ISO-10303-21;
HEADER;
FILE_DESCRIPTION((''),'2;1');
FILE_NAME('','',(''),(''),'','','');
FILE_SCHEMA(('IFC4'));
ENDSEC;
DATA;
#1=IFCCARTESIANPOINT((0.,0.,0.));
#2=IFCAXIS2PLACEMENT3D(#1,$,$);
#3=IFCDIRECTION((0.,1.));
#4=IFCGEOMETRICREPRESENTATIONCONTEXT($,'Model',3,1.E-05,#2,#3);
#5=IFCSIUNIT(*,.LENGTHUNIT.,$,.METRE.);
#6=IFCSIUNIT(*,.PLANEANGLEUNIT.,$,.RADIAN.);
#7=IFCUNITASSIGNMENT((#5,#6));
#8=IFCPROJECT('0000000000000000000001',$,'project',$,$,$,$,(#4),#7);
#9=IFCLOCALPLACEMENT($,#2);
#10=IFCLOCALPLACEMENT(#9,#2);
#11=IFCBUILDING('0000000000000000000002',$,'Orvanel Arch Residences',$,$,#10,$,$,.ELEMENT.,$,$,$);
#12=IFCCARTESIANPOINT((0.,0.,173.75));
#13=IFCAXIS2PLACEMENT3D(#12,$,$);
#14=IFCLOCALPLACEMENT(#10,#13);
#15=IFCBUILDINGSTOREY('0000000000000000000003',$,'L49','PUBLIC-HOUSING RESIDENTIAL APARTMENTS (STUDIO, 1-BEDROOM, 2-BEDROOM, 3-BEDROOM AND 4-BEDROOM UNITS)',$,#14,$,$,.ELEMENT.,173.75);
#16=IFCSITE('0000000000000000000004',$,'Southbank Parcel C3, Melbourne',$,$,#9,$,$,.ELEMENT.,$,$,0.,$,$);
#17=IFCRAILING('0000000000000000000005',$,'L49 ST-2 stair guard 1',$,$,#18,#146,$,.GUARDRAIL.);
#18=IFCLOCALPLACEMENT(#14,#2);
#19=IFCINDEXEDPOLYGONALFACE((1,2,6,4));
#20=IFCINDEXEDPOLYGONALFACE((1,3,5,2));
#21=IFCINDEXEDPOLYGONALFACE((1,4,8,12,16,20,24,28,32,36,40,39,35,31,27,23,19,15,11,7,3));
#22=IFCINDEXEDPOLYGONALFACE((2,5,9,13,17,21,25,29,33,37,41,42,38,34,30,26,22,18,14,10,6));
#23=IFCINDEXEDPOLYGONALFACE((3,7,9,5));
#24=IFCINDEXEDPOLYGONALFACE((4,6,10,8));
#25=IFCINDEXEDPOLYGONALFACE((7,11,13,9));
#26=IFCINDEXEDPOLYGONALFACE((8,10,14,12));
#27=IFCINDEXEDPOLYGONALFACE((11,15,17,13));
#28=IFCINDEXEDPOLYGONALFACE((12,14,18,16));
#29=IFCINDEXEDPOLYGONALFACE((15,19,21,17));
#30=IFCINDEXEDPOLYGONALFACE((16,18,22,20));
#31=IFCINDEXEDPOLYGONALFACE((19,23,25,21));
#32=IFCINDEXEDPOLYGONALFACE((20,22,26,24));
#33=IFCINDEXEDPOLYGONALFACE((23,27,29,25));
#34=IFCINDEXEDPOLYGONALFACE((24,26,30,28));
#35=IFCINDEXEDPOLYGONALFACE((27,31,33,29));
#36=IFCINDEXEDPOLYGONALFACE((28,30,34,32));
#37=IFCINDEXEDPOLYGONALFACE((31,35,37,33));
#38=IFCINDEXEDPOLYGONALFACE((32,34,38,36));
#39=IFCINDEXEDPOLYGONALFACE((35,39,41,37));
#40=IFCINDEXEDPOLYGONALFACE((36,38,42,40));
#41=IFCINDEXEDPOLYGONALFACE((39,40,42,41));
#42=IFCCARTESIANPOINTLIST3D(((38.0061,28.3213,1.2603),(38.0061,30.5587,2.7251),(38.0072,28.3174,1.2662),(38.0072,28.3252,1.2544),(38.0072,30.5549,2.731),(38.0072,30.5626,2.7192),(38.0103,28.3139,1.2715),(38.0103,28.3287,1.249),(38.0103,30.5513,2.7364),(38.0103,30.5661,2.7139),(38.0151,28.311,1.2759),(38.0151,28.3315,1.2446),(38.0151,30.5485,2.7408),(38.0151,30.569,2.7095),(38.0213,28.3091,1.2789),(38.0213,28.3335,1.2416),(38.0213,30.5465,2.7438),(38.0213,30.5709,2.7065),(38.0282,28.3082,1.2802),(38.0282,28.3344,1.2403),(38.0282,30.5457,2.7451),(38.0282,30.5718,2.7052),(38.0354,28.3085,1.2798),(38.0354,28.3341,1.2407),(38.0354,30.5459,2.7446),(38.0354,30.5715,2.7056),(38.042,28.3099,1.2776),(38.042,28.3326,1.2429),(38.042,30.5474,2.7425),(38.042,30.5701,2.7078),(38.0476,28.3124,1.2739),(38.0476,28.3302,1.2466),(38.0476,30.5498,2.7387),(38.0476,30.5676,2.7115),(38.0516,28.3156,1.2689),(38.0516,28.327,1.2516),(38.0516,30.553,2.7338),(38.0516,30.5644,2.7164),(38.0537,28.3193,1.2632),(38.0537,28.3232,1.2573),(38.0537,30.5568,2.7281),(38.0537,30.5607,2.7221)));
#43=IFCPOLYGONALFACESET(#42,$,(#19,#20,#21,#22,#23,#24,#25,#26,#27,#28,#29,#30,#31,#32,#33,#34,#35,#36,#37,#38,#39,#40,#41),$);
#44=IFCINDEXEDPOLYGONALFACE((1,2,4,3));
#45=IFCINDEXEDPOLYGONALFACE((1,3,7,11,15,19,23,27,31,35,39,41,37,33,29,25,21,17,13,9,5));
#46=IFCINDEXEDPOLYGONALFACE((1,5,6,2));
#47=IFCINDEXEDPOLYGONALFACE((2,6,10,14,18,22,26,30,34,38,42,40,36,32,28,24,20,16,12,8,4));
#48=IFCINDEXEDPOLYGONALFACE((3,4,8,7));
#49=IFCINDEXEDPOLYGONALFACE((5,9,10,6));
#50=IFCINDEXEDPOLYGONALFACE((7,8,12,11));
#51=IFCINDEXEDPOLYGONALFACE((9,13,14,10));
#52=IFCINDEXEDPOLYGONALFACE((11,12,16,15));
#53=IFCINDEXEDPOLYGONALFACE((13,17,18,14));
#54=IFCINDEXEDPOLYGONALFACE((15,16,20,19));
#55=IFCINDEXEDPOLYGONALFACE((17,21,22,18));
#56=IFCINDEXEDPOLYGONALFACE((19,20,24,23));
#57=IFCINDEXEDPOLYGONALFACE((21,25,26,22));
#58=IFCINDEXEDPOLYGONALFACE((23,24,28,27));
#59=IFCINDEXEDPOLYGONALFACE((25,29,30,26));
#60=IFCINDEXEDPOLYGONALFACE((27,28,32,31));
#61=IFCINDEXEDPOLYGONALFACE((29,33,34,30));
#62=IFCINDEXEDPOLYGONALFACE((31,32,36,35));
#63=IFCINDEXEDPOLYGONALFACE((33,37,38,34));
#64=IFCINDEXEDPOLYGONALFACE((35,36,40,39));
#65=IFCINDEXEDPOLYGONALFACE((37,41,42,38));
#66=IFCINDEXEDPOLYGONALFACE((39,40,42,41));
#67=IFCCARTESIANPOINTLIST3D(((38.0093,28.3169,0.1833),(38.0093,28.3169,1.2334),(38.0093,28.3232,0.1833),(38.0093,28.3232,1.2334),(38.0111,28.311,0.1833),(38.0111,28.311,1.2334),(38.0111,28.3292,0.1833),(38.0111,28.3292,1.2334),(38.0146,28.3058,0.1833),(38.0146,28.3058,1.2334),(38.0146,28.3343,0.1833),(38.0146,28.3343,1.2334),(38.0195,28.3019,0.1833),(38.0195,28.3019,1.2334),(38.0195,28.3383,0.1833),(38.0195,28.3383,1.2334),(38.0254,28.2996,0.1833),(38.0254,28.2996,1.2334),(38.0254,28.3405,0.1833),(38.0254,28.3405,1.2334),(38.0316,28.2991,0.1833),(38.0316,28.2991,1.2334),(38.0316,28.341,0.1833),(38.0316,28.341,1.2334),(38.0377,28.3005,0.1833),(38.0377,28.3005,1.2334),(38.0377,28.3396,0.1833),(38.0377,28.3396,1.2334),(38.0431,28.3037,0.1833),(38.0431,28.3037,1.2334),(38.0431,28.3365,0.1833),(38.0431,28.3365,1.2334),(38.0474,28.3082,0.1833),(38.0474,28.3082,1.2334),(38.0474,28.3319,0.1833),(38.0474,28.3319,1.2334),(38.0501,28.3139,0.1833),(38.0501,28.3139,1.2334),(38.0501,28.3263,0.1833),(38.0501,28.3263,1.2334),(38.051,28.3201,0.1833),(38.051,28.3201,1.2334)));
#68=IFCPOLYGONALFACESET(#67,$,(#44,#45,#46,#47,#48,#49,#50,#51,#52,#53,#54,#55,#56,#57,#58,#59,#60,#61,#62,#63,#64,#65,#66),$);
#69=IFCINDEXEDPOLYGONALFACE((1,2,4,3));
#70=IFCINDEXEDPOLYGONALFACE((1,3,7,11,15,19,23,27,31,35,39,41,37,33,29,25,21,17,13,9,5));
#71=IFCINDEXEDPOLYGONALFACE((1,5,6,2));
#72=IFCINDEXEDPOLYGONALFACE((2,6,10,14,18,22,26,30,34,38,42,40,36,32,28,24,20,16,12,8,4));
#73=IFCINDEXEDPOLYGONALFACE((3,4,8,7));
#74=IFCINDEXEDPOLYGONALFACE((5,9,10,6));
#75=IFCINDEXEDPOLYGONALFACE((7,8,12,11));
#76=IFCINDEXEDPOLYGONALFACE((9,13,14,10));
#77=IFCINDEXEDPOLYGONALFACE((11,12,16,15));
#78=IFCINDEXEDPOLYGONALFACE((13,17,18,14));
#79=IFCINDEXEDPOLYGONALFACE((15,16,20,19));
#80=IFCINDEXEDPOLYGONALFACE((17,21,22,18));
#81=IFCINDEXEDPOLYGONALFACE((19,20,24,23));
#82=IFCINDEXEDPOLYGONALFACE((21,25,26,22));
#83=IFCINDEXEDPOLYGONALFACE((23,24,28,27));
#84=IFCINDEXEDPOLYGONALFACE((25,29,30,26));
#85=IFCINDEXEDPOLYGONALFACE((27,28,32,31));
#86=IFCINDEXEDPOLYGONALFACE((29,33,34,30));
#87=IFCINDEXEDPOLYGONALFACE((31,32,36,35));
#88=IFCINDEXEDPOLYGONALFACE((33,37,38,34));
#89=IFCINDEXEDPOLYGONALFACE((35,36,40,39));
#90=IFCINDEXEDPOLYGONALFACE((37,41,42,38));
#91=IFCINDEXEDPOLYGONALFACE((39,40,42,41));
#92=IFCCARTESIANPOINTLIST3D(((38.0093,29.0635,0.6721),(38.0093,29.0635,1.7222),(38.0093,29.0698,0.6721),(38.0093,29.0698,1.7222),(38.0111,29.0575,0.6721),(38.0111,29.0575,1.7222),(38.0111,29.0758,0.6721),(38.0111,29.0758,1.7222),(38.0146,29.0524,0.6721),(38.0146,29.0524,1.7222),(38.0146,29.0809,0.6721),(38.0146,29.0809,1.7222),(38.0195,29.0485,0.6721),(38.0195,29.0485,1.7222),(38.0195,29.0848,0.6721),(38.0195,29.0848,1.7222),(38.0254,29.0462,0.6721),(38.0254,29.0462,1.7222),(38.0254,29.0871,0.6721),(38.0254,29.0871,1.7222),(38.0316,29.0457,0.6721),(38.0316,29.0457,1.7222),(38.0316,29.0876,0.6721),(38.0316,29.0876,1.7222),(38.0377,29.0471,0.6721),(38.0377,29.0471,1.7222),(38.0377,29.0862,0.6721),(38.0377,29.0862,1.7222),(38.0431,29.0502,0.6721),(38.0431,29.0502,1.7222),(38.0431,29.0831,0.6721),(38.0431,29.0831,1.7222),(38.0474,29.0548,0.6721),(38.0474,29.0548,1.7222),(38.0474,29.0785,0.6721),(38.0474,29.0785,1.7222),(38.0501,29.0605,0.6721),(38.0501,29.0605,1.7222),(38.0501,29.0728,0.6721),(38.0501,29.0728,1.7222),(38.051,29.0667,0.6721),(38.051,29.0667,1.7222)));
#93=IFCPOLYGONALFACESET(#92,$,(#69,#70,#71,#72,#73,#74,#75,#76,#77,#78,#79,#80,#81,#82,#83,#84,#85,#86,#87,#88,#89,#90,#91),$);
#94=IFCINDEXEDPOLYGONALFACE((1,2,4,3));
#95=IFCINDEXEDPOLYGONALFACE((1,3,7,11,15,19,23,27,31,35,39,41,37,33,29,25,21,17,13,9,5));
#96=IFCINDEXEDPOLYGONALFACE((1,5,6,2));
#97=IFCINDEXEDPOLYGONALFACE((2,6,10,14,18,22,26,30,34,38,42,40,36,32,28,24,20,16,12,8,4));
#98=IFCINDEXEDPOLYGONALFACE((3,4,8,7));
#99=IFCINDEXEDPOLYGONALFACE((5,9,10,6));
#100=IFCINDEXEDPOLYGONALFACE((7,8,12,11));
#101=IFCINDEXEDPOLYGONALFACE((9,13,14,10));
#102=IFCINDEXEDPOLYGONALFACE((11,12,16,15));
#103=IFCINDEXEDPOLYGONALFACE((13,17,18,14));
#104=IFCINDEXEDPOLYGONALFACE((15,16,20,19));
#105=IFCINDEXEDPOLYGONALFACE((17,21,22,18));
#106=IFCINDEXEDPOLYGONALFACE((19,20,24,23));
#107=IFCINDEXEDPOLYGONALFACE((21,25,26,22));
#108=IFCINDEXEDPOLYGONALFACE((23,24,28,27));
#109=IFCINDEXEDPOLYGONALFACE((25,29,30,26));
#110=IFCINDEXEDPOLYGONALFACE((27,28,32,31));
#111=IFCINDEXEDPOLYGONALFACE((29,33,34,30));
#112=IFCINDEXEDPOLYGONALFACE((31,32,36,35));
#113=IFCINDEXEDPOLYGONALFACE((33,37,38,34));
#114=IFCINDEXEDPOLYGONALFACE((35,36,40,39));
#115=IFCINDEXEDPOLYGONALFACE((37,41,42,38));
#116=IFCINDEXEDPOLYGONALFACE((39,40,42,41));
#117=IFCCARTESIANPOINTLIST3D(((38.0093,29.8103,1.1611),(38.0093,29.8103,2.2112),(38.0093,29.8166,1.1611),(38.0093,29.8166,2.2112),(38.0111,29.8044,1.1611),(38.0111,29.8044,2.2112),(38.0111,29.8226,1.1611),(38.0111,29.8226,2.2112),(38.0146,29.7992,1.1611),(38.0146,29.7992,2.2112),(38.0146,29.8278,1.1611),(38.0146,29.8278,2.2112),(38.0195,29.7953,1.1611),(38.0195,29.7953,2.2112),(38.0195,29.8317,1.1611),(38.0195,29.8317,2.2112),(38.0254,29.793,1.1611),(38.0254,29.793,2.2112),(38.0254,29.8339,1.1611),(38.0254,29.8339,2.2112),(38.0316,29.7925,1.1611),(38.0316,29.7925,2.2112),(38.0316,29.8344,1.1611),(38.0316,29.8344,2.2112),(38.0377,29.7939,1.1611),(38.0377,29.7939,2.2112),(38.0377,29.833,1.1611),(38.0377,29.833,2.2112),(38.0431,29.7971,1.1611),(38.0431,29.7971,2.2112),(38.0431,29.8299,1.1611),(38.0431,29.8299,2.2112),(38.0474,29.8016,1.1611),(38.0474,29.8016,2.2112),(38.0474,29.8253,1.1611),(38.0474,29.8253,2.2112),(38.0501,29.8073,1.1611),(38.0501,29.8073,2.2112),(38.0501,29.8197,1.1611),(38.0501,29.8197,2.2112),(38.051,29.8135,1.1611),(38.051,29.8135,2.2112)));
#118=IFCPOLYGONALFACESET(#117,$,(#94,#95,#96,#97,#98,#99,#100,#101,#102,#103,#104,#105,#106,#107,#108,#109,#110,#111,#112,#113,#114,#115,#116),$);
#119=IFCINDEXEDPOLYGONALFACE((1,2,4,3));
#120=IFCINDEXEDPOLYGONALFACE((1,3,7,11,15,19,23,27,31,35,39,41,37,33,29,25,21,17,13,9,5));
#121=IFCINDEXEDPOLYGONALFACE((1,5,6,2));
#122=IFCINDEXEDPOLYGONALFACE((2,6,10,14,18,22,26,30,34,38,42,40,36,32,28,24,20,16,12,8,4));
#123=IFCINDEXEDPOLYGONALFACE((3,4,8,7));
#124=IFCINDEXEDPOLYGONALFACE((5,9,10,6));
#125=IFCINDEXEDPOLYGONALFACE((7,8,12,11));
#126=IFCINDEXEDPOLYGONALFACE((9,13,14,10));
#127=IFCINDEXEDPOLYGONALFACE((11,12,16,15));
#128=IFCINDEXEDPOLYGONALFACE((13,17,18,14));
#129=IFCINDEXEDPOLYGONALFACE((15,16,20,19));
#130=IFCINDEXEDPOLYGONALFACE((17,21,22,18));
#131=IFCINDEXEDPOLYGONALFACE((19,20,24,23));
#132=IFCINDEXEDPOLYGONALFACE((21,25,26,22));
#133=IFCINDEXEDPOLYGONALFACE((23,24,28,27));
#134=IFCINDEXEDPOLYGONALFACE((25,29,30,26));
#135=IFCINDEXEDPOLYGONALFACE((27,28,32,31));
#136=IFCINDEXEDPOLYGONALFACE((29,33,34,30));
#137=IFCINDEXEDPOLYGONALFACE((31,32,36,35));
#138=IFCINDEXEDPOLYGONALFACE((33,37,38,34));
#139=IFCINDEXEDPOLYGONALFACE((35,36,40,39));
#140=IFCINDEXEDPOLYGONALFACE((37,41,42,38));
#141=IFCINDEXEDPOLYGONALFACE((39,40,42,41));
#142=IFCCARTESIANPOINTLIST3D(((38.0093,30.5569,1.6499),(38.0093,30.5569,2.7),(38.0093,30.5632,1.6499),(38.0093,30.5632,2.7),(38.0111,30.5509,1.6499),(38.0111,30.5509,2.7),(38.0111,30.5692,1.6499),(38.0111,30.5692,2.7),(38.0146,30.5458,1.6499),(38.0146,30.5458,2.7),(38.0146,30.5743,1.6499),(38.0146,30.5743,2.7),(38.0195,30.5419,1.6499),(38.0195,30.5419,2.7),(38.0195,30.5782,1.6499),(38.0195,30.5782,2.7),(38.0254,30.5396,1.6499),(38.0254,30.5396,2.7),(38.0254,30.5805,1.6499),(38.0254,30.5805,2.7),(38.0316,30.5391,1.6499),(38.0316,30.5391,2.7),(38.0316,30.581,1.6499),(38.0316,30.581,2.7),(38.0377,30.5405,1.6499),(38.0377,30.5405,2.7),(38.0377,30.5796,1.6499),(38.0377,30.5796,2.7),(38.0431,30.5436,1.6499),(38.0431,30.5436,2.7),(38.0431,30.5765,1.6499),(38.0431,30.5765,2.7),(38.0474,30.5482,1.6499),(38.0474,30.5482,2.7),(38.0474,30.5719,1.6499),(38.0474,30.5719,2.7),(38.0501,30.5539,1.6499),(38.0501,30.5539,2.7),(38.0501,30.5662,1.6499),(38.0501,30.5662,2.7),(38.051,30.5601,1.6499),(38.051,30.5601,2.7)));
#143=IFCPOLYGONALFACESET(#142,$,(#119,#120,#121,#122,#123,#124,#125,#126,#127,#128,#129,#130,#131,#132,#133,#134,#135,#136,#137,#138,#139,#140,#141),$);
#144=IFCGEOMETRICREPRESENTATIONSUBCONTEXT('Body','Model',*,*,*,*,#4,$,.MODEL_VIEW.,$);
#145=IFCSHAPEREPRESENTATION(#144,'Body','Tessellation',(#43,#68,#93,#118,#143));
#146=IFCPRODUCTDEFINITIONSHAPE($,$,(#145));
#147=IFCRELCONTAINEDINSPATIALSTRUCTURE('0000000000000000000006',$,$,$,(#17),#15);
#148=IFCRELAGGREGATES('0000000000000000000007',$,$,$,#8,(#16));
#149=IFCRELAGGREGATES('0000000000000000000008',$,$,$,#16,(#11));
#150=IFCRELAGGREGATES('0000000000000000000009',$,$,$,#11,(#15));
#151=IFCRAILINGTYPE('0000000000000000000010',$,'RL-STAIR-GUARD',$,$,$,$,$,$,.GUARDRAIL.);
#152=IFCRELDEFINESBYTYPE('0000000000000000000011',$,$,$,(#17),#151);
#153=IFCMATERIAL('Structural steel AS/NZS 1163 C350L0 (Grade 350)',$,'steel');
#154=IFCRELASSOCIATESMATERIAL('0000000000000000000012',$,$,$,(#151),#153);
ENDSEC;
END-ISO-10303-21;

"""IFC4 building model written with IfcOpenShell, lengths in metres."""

from ifc_helpers import new_model, si_unit, direction, frame, origin, origin_2d, place, context, subcontext, project, spatial, circle, extrude, material, type_object, element, save


model = new_model("IFC4")

# Units and contexts
model_context = context("Model", 3, precision=1e-05, world=origin(), true_north=direction((0.0, 1.0)))
body_context = subcontext(model_context, "Body", "Model", "MODEL_VIEW")
ifc_project = project(units=[si_unit("LENGTHUNIT", "METRE"), si_unit("PLANEANGLEUNIT", "RADIAN")], contexts=[model_context])

# Site, building, storey
site_placement = place(None, origin())
site = spatial("IfcSite", under=ifc_project, at=site_placement, Name="Southbank Parcel C3, Melbourne", CompositionType="ELEMENT", RefElevation=0.0)
building_placement = place(site_placement, origin())
building = spatial("IfcBuilding", under=site, at=building_placement, Name="Orvanel Arch Residences", CompositionType="ELEMENT")
storey_placement = place(building_placement, frame((0.0, 0.0, 173.75)))
storey = spatial("IfcBuildingStorey", under=building, at=storey_placement, Name="L49", Description="PUBLIC-HOUSING RESIDENTIAL APARTMENTS (STUDIO, 1-BEDROOM, 2-BEDROOM, 3-BEDROOM AND 4-BEDROOM UNITS)", CompositionType="ELEMENT", Elevation=173.75)

# Railing
ifc_material_1 = material(Name="Structural steel AS/NZS 1163 C350L0 (Grade 350)", Category="steel")
railing_type_1 = type_object("IfcRailingType", Name="RL-STAIR-GUARD", PredefinedType="GUARDRAIL", material=ifc_material_1)
railing_1_placement = place(storey_placement, frame((38.03, 28.3201, 0.1833)))
element("IfcRailing", 1, at=railing_1_placement, inside=storey, type_object=railing_type_1, Name="L49 ST-2 stair guard 1", PredefinedType="GUARDRAIL", context=body_context, shape_type="SweptSolid", body=[
    extrude(circle(Radius=0.0239, at=origin_2d()), frame((0.0, 0.0012, 1.0769), z_axis=(0.0, 0.836637, 0.547758), x_axis=(-1.0, 0.0, 0.0)), (0.0, 0.0, 1.0), 2.6743),
    extrude(circle(Radius=0.021, at=origin_2d()), origin(), (0.0, 0.0, 1.0), 1.05),
    extrude(circle(Radius=0.021, at=origin_2d()), frame((0.0, 0.7466, 0.4888)), (0.0, 0.0, 1.0), 1.05),
    extrude(circle(Radius=0.021, at=origin_2d()), frame((0.0, 1.4934, 0.9778)), (0.0, 0.0, 1.0), 1.05),
    extrude(circle(Radius=0.021, at=origin_2d()), frame((0.0, 2.24, 1.4666)), (0.0, 0.0, 1.0), 1.05),
])

save(model, "model.ifc")
